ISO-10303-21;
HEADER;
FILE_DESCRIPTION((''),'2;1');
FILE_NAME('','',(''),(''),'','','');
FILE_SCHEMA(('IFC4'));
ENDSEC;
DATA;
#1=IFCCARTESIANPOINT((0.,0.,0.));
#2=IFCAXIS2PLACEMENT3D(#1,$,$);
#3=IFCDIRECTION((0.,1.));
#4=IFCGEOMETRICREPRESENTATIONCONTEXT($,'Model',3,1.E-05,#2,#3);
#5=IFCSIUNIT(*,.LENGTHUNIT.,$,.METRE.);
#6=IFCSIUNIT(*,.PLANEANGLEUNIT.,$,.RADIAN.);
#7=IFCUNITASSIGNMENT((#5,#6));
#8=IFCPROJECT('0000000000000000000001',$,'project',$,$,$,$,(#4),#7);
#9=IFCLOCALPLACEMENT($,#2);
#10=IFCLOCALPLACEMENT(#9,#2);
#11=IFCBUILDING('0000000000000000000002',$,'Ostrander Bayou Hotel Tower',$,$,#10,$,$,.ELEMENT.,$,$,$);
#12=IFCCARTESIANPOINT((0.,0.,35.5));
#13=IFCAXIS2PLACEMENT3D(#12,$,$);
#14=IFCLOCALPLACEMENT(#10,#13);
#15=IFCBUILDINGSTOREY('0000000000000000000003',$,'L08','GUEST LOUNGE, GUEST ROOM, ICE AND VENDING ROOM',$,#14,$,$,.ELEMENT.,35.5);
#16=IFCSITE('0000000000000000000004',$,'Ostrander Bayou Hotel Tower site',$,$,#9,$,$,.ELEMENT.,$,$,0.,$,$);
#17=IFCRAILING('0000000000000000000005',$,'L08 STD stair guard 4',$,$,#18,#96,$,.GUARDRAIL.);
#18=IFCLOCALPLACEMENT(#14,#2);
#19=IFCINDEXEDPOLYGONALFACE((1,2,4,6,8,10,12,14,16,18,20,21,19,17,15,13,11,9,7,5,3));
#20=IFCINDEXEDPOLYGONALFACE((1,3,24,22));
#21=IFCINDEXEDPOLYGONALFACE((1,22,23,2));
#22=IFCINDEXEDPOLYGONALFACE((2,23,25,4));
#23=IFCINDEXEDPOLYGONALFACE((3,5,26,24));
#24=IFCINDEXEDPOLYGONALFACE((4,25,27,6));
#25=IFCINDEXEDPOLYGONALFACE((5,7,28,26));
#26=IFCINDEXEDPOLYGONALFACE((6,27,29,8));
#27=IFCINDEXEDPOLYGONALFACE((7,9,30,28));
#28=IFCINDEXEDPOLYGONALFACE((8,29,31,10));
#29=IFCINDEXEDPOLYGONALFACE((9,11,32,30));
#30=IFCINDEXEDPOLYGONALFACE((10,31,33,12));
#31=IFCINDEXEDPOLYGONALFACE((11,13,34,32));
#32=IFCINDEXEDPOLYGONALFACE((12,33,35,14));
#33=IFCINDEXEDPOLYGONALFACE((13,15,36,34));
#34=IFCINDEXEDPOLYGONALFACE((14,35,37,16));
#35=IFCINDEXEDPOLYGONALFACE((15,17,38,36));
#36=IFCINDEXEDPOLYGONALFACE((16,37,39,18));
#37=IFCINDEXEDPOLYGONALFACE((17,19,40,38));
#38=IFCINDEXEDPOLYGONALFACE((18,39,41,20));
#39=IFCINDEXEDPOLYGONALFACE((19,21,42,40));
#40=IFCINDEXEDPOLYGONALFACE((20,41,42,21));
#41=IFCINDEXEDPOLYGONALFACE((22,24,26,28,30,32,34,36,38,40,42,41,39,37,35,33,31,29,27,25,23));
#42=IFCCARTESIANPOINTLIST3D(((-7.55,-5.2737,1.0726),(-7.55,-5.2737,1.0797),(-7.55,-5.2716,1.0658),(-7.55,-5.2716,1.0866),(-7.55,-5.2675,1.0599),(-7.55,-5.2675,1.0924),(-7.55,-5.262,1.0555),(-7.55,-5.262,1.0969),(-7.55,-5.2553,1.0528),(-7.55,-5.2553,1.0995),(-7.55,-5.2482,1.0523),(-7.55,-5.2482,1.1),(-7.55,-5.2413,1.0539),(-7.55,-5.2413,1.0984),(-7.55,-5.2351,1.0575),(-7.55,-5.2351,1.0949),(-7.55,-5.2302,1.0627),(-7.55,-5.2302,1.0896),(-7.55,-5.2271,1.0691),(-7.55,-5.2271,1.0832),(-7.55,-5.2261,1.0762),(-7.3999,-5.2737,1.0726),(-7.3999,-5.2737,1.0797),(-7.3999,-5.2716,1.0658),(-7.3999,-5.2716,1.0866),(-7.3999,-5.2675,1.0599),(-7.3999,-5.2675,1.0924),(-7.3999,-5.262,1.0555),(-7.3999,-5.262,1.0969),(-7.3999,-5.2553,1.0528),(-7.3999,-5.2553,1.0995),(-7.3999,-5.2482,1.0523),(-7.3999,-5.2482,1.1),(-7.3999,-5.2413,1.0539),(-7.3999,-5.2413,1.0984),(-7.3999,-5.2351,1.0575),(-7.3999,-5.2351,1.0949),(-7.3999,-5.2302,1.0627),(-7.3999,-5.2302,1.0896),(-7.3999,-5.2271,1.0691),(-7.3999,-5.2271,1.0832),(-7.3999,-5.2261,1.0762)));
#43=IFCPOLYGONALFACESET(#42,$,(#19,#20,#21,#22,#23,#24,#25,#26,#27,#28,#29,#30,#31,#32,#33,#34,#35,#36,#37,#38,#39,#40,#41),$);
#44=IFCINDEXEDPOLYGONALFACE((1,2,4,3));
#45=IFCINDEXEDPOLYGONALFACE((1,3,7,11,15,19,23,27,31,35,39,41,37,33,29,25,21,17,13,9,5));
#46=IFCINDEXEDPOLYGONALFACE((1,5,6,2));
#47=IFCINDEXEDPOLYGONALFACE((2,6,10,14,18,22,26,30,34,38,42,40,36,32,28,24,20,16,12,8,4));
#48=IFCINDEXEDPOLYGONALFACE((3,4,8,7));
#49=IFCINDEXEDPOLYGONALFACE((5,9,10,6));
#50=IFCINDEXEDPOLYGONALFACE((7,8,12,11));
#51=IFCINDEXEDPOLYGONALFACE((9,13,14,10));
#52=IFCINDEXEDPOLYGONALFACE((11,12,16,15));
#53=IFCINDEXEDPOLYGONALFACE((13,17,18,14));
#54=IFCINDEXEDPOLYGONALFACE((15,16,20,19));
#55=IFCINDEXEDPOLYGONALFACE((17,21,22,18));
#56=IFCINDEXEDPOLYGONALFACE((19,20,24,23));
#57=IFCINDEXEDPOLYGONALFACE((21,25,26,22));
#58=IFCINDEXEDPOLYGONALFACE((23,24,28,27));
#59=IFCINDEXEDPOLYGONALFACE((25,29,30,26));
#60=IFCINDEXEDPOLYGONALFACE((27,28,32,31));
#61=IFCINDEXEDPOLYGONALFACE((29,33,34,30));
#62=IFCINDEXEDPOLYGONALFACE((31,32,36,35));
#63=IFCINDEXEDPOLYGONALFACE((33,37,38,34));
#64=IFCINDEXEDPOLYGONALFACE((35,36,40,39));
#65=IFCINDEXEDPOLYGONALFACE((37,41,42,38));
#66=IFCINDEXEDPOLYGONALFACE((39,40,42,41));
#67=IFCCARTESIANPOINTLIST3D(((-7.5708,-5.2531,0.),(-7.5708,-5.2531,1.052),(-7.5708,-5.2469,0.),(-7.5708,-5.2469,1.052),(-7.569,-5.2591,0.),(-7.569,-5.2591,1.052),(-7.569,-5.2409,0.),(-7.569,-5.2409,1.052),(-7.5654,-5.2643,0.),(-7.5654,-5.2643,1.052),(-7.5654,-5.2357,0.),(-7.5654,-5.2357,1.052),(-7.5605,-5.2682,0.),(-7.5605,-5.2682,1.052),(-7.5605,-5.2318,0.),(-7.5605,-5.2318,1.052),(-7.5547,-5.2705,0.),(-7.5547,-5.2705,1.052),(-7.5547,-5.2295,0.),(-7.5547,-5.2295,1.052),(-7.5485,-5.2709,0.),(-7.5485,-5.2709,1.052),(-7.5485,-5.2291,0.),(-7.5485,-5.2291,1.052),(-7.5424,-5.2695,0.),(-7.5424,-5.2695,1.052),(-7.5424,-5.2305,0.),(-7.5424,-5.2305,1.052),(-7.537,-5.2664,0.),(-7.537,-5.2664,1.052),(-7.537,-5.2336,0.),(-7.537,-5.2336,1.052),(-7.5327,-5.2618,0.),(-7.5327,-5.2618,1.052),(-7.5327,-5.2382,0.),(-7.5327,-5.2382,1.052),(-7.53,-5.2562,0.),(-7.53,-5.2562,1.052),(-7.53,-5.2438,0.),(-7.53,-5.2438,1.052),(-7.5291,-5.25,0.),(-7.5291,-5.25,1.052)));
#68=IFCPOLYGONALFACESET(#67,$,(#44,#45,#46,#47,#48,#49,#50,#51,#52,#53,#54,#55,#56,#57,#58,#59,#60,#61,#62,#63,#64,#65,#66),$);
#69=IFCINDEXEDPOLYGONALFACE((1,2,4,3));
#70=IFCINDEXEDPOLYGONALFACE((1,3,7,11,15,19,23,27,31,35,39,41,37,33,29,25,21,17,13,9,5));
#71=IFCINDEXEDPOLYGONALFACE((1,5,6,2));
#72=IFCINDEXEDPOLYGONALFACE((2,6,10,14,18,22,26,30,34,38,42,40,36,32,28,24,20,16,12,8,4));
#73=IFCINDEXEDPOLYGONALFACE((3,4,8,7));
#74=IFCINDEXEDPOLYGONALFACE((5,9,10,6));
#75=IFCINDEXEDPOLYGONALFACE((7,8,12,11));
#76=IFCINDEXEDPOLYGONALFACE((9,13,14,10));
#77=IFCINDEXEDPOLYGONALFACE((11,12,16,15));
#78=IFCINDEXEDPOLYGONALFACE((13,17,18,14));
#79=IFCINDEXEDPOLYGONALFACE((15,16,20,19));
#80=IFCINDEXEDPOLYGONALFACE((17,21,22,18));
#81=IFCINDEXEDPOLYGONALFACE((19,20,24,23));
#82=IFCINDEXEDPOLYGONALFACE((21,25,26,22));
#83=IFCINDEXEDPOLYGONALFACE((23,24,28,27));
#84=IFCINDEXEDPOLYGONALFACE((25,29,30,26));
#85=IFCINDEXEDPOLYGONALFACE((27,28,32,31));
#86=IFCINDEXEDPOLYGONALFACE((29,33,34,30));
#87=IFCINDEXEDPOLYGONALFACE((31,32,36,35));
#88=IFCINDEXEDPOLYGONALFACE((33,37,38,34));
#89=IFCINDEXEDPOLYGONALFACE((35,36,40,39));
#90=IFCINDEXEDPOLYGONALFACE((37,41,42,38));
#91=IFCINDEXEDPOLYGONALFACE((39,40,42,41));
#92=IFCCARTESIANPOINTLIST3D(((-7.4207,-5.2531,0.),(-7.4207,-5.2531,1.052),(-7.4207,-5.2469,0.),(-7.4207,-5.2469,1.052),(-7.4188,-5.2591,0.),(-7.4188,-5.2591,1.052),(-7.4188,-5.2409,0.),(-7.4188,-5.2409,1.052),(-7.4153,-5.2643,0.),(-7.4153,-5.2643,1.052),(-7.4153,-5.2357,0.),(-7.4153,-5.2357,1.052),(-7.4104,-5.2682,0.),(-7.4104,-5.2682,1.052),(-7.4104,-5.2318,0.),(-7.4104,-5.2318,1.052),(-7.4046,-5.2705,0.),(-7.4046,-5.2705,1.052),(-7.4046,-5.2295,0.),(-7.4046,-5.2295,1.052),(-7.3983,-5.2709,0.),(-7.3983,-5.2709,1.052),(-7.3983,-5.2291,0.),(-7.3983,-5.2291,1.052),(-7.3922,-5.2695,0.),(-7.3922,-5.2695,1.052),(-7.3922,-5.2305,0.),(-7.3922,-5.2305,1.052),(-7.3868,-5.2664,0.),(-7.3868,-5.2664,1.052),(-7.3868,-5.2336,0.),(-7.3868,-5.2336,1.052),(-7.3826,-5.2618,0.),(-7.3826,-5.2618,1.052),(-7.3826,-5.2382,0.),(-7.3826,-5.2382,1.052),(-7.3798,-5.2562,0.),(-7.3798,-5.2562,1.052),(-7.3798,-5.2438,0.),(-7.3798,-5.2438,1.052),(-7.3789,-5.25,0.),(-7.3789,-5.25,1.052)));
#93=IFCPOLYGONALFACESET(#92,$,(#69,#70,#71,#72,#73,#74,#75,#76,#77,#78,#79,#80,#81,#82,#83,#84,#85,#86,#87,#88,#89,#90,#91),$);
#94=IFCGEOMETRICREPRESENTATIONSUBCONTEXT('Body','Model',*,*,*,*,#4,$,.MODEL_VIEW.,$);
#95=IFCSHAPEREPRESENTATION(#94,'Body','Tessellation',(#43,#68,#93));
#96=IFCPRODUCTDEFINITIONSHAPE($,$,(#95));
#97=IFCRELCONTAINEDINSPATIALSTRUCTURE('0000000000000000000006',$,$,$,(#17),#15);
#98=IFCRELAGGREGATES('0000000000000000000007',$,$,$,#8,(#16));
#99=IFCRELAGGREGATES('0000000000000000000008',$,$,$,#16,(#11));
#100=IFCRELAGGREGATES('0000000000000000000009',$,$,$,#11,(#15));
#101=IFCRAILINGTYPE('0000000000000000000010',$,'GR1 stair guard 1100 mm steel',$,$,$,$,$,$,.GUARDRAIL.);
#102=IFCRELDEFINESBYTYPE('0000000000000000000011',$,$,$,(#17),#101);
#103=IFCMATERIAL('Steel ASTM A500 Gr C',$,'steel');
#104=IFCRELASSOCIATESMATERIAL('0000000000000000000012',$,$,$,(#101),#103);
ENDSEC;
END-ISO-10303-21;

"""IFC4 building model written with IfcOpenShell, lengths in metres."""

from ifc_helpers import new_model, si_unit, direction, frame, origin, origin_2d, place, context, subcontext, project, spatial, circle, extrude, material, type_object, element, save


model = new_model("IFC4")

# Units and contexts
model_context = context("Model", 3, precision=1e-05, world=origin(), true_north=direction((0.0, 1.0)))
body_context = subcontext(model_context, "Body", "Model", "MODEL_VIEW")
ifc_project = project(units=[si_unit("LENGTHUNIT", "METRE"), si_unit("PLANEANGLEUNIT", "RADIAN")], contexts=[model_context])

# Site, building, storey
site_placement = place(None, origin())
site = spatial("IfcSite", under=ifc_project, at=site_placement, Name="Ostrander Bayou Hotel Tower site", CompositionType="ELEMENT", RefElevation=0.0)
building_placement = place(site_placement, origin())
building = spatial("IfcBuilding", under=site, at=building_placement, Name="Ostrander Bayou Hotel Tower", CompositionType="ELEMENT")
storey_placement = place(building_placement, frame((0.0, 0.0, 35.5)))
storey = spatial("IfcBuildingStorey", under=building, at=storey_placement, Name="L08", Description="GUEST LOUNGE, GUEST ROOM, ICE AND VENDING ROOM", CompositionType="ELEMENT", Elevation=35.5)

# Railing
ifc_material_1 = material(Name="Steel ASTM A500 Gr C", Category="steel")
railing_type_1 = type_object("IfcRailingType", Name="GR1 stair guard 1100 mm steel", PredefinedType="GUARDRAIL", material=ifc_material_1)
railing_1_placement = place(storey_placement, frame((-7.55, -5.25, 0.0)))
element("IfcRailing", 1, at=railing_1_placement, inside=storey, type_object=railing_type_1, Name="L08 STD stair guard 4", PredefinedType="GUARDRAIL", context=body_context, shape_type="SweptSolid", body=[
    extrude(circle(Radius=0.0239, at=origin_2d()), frame((0.0, 0.0, 1.0762), z_axis=(1.0, 0.0, 0.0), x_axis=(0.0, 1.0, 0.0)), (0.0, 0.0, 1.0), 0.1501),
    extrude(circle(Radius=0.021, at=origin_2d()), origin(), (0.0, 0.0, 1.0), 1.052),
    extrude(circle(Radius=0.021, at=origin_2d()), frame((0.1501, 0.0, 0.0)), (0.0, 0.0, 1.0), 1.052),
])

save(model, "model.ifc")
